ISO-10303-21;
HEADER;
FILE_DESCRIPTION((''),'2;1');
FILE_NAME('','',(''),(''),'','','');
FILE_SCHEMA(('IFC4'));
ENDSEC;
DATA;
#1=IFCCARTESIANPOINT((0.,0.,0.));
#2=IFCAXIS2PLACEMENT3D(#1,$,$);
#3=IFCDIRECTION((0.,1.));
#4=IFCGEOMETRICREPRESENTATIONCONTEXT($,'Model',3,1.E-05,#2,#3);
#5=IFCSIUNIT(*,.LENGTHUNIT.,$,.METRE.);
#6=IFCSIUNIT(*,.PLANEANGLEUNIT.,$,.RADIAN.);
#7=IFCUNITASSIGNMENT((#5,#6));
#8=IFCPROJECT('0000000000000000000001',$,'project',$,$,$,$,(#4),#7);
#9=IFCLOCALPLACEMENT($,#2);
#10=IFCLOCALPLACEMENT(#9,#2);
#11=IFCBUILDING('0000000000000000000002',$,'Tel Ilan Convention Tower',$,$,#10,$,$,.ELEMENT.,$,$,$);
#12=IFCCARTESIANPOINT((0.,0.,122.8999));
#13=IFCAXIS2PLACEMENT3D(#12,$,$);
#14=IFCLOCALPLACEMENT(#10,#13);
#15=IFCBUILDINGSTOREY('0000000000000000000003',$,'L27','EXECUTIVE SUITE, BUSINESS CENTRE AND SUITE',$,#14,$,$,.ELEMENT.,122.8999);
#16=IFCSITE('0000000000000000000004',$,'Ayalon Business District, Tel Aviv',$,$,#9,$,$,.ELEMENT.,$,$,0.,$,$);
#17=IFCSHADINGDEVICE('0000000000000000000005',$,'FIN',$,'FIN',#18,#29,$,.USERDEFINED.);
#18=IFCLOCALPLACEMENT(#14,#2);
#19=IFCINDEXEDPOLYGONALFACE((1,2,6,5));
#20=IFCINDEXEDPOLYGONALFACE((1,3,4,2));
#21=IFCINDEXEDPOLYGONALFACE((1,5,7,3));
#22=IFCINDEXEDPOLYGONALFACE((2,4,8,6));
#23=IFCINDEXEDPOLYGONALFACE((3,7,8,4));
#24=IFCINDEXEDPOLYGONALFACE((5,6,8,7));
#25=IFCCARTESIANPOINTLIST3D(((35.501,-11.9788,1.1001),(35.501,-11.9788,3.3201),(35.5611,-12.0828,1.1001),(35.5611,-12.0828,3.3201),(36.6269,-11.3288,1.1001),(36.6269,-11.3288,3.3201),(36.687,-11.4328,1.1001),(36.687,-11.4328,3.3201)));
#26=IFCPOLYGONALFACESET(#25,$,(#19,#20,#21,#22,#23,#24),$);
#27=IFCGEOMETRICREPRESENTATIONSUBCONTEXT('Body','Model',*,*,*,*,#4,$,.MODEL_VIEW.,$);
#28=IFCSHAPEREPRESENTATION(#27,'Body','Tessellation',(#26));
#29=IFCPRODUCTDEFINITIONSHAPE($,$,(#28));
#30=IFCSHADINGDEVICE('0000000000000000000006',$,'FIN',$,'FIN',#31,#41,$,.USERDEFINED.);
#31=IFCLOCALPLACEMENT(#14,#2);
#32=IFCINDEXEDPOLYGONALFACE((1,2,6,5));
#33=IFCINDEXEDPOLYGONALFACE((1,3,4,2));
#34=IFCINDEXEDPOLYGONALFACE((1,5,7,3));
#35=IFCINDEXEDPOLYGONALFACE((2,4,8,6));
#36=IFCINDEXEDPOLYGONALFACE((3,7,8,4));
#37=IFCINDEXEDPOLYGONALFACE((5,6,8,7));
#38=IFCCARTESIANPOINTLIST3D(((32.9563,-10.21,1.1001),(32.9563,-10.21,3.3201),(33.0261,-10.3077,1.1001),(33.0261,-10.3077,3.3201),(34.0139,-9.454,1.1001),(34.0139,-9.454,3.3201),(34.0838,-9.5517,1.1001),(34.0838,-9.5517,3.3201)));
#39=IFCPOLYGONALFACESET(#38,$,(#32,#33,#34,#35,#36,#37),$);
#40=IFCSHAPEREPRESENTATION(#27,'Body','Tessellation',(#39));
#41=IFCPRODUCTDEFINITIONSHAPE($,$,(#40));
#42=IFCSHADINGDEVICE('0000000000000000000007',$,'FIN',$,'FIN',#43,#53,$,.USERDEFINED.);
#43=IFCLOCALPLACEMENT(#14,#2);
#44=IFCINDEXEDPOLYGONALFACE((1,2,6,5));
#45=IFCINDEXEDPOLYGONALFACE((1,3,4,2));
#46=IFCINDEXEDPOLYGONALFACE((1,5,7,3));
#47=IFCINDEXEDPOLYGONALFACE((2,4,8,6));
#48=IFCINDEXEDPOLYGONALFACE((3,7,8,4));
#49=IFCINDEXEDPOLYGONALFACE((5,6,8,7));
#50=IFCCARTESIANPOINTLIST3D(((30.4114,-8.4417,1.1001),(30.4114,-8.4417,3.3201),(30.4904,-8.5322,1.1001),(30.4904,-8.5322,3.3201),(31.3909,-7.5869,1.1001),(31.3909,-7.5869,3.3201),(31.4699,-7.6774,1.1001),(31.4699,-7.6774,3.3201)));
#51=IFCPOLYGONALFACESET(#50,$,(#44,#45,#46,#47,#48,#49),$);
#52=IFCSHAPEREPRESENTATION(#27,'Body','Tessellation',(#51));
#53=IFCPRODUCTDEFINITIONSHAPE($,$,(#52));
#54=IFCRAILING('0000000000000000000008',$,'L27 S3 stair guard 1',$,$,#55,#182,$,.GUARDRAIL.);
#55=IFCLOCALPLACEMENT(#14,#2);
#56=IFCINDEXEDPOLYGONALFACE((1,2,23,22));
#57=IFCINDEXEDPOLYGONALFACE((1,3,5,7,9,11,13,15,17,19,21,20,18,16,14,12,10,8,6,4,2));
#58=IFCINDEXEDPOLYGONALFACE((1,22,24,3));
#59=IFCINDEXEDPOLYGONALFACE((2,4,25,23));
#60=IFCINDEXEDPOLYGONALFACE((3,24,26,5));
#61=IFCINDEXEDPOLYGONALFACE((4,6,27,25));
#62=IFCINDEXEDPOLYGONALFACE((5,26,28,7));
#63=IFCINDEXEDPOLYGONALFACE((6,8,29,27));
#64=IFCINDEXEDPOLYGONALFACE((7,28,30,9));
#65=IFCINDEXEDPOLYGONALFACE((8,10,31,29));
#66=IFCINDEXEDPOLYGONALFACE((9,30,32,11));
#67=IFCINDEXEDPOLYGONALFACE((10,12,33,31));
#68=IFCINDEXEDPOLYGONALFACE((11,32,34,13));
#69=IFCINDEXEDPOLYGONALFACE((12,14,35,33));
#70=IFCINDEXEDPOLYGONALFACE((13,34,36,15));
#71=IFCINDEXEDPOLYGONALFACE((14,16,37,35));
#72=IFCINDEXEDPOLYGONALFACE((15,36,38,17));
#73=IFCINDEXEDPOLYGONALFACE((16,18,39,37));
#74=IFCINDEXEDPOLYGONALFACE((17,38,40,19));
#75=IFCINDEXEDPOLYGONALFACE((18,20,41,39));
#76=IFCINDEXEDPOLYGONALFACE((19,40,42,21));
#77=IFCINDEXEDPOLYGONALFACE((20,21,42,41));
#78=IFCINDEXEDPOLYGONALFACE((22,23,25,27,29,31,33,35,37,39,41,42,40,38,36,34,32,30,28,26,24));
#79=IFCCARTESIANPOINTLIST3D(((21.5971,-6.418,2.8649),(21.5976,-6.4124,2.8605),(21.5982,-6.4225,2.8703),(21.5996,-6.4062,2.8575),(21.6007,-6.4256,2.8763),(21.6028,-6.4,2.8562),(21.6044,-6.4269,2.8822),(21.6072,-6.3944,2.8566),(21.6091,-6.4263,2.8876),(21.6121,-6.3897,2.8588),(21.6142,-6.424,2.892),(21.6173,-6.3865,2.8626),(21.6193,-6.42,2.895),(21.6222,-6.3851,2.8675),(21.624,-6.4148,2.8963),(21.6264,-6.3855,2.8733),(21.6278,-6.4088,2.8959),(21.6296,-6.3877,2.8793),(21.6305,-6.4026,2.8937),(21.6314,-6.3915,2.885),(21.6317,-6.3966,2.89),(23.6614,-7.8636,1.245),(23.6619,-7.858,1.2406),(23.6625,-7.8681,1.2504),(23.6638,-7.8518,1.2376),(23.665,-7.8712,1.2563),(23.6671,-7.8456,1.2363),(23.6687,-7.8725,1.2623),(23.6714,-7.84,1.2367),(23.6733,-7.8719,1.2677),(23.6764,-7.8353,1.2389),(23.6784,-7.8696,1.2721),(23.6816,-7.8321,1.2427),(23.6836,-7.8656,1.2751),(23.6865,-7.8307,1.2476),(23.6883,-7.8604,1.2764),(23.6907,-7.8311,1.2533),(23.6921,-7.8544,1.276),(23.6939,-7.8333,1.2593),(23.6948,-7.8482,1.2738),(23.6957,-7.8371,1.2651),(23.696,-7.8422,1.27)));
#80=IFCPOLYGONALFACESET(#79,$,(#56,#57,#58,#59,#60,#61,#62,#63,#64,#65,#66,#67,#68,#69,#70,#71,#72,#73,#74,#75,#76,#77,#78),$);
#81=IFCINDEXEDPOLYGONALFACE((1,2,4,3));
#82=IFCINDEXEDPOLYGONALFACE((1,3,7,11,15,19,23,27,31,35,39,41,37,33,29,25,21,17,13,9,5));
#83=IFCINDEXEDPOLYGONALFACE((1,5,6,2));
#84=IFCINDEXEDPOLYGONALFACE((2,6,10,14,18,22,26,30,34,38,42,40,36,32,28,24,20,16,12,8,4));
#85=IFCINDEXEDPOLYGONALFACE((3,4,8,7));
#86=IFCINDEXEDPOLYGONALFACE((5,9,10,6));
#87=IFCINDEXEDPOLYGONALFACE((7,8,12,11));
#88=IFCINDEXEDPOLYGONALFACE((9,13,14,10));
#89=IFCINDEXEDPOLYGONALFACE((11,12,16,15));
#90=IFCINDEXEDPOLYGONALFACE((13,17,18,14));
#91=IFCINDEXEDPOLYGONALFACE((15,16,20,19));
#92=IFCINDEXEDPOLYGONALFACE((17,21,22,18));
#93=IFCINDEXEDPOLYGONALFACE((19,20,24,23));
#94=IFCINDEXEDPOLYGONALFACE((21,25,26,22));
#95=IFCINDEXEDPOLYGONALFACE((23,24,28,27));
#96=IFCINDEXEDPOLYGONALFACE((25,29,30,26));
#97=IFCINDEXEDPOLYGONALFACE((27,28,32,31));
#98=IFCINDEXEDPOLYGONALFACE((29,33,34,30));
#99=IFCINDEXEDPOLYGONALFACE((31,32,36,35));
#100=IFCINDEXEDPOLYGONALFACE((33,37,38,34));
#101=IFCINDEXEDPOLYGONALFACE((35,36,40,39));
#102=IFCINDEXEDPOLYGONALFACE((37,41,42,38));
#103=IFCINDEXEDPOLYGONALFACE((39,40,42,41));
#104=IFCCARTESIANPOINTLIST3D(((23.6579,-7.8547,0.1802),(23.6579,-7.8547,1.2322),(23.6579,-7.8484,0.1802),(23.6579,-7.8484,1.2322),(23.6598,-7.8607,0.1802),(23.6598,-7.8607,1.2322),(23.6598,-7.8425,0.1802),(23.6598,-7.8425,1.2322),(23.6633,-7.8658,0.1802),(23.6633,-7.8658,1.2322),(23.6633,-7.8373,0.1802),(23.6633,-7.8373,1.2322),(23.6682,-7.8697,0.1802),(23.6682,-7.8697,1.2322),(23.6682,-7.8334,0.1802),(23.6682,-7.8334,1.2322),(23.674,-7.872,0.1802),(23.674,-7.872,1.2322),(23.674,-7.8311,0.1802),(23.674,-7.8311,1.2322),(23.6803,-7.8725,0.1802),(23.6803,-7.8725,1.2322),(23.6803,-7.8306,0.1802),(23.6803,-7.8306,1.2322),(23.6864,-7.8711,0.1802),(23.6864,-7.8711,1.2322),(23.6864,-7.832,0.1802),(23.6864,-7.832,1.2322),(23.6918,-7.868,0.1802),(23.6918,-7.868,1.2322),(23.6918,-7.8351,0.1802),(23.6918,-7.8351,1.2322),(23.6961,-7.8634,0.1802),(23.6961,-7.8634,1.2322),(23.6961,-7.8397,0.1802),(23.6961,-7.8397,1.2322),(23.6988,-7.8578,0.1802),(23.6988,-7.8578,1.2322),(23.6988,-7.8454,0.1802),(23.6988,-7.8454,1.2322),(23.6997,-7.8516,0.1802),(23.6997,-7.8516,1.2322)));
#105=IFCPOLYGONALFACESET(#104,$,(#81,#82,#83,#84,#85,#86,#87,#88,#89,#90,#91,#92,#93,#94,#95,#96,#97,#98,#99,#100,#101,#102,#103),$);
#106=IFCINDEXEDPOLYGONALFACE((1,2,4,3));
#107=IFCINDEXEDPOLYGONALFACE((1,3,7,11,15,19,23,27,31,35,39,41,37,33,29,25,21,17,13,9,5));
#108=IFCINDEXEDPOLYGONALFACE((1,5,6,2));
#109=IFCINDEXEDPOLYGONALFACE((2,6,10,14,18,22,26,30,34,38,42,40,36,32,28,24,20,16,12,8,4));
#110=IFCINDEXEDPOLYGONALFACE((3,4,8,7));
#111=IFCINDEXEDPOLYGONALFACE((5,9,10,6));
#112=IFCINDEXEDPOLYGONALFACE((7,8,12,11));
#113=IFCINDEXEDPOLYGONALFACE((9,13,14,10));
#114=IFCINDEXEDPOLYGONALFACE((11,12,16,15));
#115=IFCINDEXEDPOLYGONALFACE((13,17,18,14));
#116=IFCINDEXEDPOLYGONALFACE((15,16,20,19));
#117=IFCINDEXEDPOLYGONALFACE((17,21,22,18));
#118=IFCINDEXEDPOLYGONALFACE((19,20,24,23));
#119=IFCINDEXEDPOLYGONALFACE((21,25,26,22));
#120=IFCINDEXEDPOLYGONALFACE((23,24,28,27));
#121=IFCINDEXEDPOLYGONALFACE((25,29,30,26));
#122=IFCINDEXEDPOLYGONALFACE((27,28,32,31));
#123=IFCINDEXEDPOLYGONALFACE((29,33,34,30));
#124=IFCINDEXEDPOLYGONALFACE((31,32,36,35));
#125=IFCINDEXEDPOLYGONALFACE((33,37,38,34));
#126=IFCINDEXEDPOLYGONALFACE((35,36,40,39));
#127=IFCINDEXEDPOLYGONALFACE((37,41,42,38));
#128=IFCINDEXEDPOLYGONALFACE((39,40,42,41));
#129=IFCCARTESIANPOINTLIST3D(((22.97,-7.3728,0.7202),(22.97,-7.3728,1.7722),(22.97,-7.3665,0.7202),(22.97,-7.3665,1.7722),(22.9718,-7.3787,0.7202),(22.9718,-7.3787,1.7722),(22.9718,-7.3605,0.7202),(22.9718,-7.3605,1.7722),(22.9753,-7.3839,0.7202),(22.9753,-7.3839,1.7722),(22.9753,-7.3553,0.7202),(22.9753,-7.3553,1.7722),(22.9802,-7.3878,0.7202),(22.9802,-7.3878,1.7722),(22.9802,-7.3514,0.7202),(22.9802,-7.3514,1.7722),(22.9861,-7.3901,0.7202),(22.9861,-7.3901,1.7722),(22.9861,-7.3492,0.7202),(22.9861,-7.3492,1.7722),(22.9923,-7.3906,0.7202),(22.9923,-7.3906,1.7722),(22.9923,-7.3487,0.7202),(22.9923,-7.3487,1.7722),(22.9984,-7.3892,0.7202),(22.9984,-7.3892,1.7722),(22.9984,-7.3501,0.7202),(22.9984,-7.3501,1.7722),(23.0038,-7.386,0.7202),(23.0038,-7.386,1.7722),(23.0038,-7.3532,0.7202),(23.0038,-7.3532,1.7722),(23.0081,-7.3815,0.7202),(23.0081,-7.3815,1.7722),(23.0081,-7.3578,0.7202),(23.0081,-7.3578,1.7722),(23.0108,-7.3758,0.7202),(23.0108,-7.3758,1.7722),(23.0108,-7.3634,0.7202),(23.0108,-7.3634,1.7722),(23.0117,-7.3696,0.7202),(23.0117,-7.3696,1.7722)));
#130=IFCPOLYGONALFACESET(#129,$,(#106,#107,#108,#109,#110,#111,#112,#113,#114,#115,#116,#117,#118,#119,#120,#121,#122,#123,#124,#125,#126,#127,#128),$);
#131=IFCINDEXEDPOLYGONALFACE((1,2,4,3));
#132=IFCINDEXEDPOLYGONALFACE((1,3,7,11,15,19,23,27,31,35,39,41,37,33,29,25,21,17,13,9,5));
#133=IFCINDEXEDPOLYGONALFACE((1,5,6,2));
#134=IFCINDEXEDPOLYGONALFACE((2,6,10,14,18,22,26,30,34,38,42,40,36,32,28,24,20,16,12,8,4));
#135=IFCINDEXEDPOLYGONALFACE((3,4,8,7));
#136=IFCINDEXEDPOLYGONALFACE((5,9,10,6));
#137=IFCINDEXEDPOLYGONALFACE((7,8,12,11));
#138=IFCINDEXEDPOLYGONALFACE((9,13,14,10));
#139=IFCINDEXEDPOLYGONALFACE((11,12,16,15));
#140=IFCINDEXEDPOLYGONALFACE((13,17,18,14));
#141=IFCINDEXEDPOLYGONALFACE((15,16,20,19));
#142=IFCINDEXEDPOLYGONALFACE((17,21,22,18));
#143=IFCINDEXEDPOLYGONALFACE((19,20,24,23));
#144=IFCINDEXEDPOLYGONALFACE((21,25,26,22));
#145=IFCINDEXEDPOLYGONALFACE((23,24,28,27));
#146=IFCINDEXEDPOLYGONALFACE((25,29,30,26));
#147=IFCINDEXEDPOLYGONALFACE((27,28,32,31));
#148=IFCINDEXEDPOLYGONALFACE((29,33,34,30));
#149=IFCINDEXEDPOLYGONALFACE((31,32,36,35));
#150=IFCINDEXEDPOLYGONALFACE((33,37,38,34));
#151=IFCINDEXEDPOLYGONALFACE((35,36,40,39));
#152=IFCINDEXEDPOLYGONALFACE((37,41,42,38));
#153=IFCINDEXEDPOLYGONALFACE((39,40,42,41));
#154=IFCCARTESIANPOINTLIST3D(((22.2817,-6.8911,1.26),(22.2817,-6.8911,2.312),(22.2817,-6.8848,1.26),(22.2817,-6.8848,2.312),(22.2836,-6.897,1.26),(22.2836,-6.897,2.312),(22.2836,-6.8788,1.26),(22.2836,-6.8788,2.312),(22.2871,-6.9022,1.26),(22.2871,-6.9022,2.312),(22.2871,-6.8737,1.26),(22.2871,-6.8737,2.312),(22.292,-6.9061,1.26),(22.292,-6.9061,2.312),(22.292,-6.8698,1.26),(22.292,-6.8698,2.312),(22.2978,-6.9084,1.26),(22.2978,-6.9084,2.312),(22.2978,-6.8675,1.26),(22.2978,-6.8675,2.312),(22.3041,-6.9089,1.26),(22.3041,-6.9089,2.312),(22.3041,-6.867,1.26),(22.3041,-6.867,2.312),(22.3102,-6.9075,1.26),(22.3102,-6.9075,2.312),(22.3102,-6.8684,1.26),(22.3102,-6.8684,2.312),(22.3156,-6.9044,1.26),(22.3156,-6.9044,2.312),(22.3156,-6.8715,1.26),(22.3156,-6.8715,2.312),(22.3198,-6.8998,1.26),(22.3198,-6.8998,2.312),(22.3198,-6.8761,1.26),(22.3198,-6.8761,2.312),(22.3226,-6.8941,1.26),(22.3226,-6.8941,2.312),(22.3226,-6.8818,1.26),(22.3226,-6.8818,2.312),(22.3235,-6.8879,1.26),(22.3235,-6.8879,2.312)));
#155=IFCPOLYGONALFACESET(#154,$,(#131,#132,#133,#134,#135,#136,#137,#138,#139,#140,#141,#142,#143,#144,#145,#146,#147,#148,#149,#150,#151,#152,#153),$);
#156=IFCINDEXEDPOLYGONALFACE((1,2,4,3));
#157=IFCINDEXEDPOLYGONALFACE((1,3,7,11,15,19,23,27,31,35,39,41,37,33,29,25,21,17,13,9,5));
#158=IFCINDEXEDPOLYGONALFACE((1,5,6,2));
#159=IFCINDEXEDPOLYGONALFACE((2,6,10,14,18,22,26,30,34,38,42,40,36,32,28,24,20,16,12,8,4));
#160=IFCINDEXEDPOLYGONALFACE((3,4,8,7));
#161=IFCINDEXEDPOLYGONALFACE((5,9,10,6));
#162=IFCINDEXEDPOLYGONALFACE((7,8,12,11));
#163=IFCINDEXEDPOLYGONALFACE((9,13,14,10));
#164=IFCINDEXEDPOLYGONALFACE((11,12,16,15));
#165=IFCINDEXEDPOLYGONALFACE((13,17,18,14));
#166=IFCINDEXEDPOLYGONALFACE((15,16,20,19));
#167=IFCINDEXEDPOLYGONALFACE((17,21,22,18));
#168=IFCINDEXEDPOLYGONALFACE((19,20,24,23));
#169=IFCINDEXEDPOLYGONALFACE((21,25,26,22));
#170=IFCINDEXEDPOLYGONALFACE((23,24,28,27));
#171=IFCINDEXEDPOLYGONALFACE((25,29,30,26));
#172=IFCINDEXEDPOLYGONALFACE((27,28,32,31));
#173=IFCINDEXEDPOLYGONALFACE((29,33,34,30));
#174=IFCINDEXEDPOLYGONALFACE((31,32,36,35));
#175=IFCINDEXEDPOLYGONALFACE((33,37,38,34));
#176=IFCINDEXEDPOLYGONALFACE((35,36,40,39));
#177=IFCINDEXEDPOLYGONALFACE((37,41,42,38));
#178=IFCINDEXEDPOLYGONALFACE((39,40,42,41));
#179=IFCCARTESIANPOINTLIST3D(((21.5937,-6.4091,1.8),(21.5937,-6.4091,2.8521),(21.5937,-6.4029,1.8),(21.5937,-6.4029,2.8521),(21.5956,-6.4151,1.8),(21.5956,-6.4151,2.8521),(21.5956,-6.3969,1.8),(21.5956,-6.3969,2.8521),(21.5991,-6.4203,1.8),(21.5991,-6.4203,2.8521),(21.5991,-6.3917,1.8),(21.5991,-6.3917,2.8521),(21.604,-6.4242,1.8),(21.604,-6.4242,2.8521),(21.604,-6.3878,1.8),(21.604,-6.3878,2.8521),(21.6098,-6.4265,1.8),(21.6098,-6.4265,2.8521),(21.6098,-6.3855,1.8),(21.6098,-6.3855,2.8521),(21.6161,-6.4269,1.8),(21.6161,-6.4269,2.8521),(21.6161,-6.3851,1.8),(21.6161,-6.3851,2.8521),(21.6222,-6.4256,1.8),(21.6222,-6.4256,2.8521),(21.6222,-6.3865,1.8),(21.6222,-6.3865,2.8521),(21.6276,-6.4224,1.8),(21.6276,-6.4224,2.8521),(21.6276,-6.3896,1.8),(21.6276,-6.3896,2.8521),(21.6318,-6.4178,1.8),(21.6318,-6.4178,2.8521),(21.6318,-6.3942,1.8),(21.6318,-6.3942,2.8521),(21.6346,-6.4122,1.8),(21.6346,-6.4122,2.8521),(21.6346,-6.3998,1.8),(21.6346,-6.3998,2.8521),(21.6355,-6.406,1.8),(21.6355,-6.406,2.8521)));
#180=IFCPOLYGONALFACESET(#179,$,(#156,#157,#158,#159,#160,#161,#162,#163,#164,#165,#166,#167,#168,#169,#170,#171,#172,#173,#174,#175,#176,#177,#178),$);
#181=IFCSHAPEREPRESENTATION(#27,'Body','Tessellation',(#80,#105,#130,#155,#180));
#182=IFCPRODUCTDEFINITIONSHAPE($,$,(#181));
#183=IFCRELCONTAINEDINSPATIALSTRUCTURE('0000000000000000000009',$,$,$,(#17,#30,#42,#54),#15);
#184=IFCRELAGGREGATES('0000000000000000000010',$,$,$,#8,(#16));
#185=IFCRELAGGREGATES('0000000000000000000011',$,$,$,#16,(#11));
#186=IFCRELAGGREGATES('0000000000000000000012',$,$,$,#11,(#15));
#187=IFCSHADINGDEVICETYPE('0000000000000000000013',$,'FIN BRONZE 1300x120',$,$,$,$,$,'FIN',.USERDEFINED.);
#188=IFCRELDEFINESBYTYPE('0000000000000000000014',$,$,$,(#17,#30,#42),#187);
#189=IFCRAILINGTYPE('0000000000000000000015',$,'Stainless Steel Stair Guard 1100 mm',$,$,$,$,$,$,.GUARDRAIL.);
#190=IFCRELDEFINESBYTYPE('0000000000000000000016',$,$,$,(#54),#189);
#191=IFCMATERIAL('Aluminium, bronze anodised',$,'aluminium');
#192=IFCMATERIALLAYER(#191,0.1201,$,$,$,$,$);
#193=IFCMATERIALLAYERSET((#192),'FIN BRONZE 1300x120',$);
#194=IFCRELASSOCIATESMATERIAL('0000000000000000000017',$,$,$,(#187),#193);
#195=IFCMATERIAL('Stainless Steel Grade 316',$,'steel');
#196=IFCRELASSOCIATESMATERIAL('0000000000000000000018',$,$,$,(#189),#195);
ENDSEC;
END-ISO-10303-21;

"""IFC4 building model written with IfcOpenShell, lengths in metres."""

from ifc_helpers import new_model, si_unit, direction, frame, origin, origin_2d, place, context, subcontext, project, spatial, rectangle, circle, extrude, material, layer, layer_set, type_object, element, save


model = new_model("IFC4")

# Units and contexts
model_context = context("Model", 3, precision=1e-05, world=origin(), true_north=direction((0.0, 1.0)))
body_context = subcontext(model_context, "Body", "Model", "MODEL_VIEW")
ifc_project = project(units=[si_unit("LENGTHUNIT", "METRE"), si_unit("PLANEANGLEUNIT", "RADIAN")], contexts=[model_context])

# Site, building, storey
site_placement = place(None, origin())
site = spatial("IfcSite", under=ifc_project, at=site_placement, Name="Ayalon Business District, Tel Aviv", CompositionType="ELEMENT", RefElevation=0.0)
building_placement = place(site_placement, origin())
building = spatial("IfcBuilding", under=site, at=building_placement, Name="Tel Ilan Convention Tower", CompositionType="ELEMENT")
storey_placement = place(building_placement, frame((0.0, 0.0, 122.8999)))
storey = spatial("IfcBuildingStorey", under=building, at=storey_placement, Name="L27", Description="EXECUTIVE SUITE, BUSINESS CENTRE AND SUITE", CompositionType="ELEMENT", Elevation=122.8999)

# Shading devices
ifc_material_1 = material(Name="Aluminium, bronze anodised", Category="aluminium")
ifc_layer_1 = layer(ifc_material_1, 0.1201)
ifc_layer_set_1 = layer_set([ifc_layer_1], Name="FIN BRONZE 1300x120")
shading_device_type = type_object("IfcShadingDeviceType", Name="FIN BRONZE 1300x120", ElementType="FIN", PredefinedType="USERDEFINED", material=ifc_layer_set_1)
for number, where, z_axis, x_axis, name in (
    (1, (36.094, -11.7058, 1.1001), (0.0, 0.0, 1.0), (0.866025, 0.5, 0.0), "FIN"),
    (2, (33.52, -9.8809, 1.1001), (0.0, 0.0, 1.0), (0.813552, 0.581492, 0.0), "FIN"),
    (3, (30.9407, -8.0596, 1.1001), (0.0, 0.0, 1.0), (0.753436, 0.657521, 0.0), "FIN"),
):
    element("IfcShadingDevice", number, at=place(storey_placement, frame(where, z_axis=z_axis, x_axis=x_axis)), inside=storey, type_object=shading_device_type, Name=name, ObjectType="FIN", PredefinedType="USERDEFINED", context=body_context, shape_type="SweptSolid", body=[
        extrude(rectangle(XDim=1.3, YDim=0.1201, at=origin_2d()), origin(), (0.0, 0.0, 1.0), 2.22),
    ])

# Railing
ifc_material_2 = material(Name="Stainless Steel Grade 316", Category="steel")
railing_type_1 = type_object("IfcRailingType", Name="Stainless Steel Stair Guard 1100 mm", PredefinedType="GUARDRAIL", material=ifc_material_2)
railing_1_placement = place(storey_placement, frame((23.6787, -7.8516, 0.1802)))
element("IfcRailing", 4, at=railing_1_placement, inside=storey, type_object=railing_type_1, Name="L27 S3 stair guard 1", PredefinedType="GUARDRAIL", context=body_context, shape_type="SweptSolid", body=[
    extrude(circle(Radius=0.0239, at=origin_2d()), frame((0.0, 0.0, 1.0762), z_axis=(-0.689043, 0.482534, 0.540722), x_axis=(-0.573625, -0.819118, 0.0)), (0.0, 0.0, 1.0), 2.9958),
    extrude(circle(Radius=0.021, at=origin_2d()), origin(), (0.0, 0.0, 1.0), 1.052),
    extrude(circle(Radius=0.021, at=origin_2d()), frame((-0.688, 0.4819, 0.54)), (0.0, 0.0, 1.0), 1.052),
    extrude(circle(Radius=0.021, at=origin_2d()), frame((-1.3762, 0.9636, 1.0798)), (0.0, 0.0, 1.0), 1.052),
    extrude(circle(Radius=0.021, at=origin_2d()), frame((-2.0642, 1.4456, 1.6199)), (0.0, 0.0, 1.0), 1.052),
])

save(model, "model.ifc")
